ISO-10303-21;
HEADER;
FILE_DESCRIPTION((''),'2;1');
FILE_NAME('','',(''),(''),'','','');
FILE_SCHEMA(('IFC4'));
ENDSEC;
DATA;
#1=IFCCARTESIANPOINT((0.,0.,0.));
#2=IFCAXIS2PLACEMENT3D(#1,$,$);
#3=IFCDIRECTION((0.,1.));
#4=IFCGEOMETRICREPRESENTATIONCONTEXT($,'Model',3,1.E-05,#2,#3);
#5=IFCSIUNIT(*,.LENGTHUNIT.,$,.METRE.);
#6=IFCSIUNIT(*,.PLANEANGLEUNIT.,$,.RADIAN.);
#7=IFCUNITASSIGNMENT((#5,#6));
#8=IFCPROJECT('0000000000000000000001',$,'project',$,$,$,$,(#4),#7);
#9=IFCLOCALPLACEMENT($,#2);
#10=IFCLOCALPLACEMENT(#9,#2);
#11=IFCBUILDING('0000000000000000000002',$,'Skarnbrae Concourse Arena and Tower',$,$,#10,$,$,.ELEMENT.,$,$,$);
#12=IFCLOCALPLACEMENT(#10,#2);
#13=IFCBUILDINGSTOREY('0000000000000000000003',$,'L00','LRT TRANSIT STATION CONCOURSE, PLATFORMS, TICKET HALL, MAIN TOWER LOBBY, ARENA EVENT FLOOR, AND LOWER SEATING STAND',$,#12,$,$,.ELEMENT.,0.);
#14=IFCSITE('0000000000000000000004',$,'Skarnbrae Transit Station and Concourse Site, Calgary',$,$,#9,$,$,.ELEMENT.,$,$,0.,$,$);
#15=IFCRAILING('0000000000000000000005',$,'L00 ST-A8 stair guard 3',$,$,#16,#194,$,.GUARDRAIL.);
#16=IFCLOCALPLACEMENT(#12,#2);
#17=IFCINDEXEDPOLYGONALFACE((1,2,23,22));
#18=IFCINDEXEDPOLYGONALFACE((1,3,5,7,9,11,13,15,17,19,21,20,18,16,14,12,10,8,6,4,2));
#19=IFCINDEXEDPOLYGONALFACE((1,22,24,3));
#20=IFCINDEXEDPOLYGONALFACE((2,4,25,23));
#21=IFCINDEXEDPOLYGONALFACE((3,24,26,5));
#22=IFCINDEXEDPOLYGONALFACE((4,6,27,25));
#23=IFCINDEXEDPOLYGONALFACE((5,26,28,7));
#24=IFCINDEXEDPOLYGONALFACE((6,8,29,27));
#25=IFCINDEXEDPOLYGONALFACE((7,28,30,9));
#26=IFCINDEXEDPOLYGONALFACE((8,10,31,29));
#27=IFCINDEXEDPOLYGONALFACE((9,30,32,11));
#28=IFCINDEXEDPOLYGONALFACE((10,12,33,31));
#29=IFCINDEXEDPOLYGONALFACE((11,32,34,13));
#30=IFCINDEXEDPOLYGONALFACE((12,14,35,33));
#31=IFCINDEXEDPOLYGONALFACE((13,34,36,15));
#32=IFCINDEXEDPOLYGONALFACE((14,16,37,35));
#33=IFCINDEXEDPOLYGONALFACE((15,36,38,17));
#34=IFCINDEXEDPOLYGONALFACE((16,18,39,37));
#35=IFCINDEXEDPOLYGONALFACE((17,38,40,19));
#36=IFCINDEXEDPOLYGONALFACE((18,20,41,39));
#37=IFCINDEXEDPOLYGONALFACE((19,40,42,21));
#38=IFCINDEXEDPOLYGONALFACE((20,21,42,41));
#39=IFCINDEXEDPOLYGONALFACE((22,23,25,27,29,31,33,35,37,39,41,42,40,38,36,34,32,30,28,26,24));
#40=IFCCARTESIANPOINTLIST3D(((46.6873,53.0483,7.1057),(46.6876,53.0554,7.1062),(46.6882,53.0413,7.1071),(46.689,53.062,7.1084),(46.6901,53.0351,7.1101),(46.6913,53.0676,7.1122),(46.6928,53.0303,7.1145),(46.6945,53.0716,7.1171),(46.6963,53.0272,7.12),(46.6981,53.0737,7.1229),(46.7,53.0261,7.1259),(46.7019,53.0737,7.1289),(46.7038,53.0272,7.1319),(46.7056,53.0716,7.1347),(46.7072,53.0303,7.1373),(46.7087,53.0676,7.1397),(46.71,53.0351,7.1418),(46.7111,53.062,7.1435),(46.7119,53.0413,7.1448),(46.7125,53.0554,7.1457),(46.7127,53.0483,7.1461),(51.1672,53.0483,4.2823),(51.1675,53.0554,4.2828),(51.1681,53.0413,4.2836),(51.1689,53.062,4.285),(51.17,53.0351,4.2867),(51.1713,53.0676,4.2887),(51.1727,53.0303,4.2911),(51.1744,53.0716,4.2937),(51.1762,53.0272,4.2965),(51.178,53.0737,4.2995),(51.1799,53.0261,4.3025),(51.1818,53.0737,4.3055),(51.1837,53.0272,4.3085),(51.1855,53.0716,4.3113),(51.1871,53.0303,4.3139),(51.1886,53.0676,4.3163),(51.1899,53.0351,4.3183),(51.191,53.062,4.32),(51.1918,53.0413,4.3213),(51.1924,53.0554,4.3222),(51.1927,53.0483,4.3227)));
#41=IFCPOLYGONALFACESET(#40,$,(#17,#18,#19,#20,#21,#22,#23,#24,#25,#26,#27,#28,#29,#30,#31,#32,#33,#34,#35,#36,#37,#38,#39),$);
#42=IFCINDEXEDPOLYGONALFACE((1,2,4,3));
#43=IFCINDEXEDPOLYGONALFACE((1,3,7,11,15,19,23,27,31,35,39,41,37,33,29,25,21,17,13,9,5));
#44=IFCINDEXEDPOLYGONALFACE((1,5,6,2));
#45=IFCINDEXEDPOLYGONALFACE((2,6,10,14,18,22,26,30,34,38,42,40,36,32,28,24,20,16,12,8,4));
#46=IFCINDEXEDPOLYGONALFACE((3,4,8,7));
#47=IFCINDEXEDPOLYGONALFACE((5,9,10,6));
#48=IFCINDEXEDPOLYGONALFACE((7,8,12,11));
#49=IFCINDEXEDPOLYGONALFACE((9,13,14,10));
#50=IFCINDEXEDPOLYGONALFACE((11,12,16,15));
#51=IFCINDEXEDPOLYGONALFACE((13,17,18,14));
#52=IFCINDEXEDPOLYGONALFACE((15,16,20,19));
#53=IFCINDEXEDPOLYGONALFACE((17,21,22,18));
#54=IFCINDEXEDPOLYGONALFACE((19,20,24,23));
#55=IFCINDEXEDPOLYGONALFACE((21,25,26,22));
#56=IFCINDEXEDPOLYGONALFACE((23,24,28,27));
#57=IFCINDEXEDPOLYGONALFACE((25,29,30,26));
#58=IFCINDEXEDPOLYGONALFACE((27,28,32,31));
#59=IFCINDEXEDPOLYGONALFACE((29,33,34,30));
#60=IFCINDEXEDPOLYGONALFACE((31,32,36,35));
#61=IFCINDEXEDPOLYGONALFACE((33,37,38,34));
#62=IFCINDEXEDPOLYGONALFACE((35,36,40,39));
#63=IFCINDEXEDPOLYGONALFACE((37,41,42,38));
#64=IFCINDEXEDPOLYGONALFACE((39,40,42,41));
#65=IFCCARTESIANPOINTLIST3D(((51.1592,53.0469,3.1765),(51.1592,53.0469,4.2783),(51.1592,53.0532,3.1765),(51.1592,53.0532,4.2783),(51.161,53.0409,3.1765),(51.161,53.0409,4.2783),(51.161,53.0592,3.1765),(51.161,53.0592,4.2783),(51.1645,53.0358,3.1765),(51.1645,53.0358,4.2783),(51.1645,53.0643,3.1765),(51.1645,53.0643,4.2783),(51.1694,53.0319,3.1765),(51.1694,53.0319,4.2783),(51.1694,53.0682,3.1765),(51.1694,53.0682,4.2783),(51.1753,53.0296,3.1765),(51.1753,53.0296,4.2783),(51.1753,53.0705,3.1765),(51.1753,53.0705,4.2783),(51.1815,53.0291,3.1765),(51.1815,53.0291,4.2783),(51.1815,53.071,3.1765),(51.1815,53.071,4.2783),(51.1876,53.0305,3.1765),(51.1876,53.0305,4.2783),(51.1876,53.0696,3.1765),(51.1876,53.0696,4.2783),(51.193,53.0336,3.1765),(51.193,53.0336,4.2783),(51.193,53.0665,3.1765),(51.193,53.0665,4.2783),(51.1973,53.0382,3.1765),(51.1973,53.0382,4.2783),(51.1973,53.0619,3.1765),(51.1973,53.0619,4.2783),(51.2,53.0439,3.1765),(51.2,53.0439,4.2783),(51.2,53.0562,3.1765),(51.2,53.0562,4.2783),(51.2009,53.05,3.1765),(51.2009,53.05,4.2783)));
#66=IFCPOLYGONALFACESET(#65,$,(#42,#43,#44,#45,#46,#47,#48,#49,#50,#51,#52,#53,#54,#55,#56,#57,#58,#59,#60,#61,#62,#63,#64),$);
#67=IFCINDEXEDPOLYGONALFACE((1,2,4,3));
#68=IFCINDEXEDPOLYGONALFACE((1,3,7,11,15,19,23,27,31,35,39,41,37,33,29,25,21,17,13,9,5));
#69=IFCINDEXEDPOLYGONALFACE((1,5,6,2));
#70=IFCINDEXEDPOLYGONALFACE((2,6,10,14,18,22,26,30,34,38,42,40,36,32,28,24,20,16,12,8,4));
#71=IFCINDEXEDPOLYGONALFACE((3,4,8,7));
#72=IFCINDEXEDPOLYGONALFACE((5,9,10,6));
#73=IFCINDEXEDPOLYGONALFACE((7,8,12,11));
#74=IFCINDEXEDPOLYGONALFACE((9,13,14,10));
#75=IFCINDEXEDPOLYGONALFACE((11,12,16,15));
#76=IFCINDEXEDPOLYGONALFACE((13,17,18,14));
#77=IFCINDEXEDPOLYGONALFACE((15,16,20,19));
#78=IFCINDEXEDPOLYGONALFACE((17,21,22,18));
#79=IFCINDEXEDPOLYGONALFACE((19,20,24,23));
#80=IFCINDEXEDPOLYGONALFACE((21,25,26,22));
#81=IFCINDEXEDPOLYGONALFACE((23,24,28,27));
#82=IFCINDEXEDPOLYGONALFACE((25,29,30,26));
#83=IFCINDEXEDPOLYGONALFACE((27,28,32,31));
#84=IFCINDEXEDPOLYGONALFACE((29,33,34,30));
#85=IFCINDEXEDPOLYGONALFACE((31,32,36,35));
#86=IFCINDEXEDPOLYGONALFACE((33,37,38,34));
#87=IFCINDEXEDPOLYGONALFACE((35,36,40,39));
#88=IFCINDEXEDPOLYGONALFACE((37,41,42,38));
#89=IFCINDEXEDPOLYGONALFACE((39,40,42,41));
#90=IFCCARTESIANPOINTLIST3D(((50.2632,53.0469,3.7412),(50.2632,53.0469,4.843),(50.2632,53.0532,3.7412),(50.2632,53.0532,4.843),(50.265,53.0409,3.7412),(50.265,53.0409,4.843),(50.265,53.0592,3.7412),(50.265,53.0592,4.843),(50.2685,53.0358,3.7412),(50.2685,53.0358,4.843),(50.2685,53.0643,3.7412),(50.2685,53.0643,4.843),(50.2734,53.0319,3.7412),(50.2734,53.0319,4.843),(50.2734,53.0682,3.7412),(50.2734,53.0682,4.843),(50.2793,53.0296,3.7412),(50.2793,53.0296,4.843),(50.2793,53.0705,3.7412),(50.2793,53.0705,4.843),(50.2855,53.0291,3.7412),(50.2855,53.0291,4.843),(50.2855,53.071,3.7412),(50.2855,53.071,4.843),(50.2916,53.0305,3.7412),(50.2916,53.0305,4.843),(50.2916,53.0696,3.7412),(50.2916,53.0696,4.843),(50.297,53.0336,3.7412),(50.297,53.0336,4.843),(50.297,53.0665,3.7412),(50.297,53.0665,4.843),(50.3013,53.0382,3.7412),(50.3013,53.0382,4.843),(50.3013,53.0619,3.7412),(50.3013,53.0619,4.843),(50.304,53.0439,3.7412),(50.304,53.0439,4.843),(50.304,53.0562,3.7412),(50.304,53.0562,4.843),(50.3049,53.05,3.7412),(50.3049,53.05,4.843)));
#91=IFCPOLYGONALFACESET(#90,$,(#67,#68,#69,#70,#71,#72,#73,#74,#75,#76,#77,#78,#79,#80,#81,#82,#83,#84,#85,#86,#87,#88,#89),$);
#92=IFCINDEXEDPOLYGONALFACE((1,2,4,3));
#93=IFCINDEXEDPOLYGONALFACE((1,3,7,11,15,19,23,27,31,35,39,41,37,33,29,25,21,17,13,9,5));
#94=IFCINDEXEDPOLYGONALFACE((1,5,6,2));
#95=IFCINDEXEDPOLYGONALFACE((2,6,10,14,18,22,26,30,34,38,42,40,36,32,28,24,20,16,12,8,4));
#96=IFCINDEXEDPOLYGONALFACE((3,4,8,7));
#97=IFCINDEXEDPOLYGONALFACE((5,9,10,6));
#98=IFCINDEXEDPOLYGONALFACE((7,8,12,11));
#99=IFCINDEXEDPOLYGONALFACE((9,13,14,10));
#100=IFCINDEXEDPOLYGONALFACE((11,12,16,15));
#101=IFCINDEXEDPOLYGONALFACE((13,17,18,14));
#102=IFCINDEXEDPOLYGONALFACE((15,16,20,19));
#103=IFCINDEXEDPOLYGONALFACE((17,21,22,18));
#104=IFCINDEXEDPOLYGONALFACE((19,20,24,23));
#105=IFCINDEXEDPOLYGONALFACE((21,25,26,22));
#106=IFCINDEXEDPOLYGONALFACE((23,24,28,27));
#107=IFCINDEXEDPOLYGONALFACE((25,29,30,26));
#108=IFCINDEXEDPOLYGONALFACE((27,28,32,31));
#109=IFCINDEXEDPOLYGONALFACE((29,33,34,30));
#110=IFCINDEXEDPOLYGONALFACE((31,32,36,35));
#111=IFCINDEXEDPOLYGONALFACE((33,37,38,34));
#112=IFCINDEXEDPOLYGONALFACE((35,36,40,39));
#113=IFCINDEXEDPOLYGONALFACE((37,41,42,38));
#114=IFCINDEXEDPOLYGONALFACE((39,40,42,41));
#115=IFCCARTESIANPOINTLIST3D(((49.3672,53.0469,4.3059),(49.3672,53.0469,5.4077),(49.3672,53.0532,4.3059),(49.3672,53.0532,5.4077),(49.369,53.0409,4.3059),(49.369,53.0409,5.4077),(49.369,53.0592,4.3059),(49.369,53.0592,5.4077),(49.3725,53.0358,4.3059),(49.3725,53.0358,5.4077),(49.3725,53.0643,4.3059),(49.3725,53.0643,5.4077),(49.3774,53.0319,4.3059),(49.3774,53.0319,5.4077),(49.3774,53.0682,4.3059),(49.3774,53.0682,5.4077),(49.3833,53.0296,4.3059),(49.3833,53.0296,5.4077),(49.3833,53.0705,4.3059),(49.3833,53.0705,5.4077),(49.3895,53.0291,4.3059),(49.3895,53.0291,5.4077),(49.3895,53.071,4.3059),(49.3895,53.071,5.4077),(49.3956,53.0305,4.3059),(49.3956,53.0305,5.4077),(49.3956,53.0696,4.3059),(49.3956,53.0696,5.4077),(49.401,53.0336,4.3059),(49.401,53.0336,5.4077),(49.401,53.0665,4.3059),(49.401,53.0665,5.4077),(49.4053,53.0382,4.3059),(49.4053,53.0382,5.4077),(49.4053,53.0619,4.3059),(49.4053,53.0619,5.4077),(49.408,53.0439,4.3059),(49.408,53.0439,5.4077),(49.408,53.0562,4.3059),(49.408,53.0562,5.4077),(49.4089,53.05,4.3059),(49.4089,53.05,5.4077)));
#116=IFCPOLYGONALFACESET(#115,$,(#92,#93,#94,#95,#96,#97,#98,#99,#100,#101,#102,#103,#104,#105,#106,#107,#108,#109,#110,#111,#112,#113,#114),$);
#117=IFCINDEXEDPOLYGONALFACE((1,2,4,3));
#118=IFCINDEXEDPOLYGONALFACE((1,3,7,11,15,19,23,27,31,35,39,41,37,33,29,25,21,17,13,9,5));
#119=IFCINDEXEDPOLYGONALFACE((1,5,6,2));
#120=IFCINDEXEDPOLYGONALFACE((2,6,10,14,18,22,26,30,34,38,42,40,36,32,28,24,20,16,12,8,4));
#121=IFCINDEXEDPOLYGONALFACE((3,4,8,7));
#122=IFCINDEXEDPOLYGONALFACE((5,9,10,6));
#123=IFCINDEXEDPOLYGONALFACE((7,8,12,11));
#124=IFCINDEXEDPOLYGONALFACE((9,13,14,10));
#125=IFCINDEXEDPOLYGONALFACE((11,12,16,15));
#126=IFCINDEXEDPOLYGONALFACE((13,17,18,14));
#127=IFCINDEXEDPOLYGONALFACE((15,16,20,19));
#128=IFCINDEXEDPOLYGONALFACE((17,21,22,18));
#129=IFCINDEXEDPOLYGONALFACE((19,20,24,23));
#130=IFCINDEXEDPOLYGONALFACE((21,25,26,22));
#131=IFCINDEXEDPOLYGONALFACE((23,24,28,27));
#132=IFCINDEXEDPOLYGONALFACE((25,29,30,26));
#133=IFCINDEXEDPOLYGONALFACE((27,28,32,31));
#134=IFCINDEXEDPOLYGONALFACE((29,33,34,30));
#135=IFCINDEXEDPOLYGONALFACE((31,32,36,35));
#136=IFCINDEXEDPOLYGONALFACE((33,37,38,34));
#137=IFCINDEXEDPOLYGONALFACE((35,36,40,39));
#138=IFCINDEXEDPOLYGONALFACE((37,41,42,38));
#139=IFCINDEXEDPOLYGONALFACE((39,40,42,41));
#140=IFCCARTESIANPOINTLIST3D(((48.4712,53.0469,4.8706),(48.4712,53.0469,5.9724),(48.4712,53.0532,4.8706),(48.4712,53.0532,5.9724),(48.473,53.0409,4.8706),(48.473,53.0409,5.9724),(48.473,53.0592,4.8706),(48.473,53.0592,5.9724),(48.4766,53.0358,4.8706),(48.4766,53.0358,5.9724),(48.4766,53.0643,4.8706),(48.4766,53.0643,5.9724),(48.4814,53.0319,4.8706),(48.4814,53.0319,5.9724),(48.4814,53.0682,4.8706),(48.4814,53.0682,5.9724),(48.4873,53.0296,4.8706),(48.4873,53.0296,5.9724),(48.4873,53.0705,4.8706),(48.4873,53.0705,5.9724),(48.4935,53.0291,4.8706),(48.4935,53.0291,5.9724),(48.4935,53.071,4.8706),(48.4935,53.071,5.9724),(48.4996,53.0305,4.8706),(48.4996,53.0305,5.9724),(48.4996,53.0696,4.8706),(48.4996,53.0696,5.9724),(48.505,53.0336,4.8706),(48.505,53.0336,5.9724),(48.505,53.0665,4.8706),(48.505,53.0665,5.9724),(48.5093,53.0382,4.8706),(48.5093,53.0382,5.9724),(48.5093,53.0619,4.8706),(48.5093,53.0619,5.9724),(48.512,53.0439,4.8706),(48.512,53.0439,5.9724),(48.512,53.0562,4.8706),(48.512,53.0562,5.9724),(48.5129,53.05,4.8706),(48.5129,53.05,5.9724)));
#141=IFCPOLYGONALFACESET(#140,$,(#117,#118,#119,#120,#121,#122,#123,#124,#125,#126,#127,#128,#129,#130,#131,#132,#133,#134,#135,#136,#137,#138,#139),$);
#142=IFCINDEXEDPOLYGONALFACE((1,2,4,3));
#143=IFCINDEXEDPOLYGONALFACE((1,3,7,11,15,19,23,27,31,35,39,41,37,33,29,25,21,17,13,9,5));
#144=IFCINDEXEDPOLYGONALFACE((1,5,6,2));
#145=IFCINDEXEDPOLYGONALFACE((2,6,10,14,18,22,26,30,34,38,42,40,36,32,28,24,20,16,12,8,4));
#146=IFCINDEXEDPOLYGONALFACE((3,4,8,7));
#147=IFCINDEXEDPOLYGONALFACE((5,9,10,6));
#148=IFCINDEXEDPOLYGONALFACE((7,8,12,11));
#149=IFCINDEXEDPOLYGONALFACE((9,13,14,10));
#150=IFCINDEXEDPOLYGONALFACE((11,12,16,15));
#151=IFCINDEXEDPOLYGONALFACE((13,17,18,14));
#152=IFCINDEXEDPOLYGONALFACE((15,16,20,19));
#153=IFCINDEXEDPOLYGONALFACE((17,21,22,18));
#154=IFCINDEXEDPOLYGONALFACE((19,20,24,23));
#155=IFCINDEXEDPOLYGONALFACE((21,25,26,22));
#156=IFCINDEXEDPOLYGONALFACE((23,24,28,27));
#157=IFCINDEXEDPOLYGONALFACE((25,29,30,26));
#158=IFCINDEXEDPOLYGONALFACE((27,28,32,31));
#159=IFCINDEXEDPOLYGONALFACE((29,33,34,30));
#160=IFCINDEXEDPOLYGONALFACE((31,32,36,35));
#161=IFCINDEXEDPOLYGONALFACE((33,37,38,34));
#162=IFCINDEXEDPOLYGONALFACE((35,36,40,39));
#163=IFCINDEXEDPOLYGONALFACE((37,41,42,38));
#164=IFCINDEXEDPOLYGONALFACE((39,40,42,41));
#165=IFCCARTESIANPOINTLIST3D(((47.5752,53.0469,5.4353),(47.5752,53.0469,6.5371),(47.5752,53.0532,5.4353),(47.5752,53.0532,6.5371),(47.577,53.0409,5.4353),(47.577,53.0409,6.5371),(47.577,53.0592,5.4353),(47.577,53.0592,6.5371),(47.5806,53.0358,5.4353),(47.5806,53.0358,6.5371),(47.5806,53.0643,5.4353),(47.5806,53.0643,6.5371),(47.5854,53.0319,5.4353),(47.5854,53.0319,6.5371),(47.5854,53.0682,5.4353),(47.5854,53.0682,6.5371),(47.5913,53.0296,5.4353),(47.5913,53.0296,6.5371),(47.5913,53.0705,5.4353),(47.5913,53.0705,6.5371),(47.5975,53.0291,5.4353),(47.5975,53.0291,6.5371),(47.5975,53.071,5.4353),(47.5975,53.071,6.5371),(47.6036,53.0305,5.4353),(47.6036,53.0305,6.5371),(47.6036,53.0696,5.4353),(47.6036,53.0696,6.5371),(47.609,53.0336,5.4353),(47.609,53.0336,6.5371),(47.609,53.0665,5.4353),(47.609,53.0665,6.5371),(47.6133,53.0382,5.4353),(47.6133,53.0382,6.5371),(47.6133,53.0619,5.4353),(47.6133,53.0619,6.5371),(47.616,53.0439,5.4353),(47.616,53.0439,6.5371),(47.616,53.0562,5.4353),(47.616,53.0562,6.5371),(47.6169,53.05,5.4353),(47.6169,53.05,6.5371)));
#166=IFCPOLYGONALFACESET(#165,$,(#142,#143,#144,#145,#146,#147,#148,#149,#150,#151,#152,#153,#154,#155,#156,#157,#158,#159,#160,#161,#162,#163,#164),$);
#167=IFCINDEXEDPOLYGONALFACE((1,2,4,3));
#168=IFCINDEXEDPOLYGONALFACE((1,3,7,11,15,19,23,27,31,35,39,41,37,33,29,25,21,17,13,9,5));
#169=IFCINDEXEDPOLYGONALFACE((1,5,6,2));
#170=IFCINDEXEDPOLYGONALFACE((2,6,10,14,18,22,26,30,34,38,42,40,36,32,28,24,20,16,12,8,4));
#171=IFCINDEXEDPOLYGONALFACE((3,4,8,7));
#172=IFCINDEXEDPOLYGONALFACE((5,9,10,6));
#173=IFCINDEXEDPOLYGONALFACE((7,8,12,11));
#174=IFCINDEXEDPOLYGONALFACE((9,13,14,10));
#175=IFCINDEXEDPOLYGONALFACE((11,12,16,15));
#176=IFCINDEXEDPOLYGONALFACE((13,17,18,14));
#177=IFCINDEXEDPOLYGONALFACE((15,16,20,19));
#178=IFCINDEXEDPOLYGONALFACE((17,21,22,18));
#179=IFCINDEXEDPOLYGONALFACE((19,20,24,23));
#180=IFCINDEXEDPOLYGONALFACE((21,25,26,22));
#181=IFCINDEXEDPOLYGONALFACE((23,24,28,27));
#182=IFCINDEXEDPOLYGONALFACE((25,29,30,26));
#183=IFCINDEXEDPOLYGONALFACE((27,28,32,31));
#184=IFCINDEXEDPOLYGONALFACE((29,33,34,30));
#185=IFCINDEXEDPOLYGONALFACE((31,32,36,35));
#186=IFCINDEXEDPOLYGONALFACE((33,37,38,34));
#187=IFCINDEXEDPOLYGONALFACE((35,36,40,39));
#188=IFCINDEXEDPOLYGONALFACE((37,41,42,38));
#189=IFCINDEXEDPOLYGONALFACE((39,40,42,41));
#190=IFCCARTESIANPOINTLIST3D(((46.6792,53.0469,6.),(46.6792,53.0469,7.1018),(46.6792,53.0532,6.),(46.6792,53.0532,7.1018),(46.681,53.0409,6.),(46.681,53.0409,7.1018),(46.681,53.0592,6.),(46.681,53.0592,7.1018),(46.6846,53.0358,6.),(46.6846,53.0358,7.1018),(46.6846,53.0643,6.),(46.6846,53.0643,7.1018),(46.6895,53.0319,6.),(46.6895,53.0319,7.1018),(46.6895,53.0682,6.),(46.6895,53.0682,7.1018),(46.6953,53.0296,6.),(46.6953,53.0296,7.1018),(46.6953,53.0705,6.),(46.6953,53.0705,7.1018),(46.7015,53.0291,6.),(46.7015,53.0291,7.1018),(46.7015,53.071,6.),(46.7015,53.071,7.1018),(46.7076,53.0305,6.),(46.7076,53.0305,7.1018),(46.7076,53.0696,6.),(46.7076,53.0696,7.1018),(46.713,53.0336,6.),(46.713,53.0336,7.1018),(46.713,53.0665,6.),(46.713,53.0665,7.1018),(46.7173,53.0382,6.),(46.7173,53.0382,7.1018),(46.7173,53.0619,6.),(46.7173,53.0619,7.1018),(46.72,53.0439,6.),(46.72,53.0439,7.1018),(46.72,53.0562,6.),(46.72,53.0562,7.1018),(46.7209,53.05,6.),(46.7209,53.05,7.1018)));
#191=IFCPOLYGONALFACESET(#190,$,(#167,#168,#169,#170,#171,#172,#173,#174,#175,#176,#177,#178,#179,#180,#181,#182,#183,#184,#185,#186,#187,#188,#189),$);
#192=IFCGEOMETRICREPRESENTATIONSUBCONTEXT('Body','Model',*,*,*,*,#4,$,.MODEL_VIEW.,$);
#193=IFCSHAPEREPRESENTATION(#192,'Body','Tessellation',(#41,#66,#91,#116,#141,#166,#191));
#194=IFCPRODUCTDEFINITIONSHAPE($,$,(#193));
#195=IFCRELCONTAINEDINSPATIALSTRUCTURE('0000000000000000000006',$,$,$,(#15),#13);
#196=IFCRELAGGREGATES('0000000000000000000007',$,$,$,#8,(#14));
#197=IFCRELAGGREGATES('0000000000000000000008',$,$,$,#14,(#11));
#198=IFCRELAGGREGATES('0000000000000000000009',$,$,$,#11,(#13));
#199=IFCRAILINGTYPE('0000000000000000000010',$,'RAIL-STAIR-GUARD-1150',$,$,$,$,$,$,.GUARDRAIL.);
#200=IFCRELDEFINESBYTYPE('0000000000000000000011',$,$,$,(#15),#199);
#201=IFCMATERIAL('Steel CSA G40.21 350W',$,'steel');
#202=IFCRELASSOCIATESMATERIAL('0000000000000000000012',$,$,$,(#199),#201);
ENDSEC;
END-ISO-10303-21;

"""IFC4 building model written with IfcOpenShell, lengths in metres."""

from ifc_helpers import new_model, si_unit, direction, frame, origin, origin_2d, place, context, subcontext, project, spatial, circle, extrude, material, type_object, element, save


model = new_model("IFC4")

# Units and contexts
model_context = context("Model", 3, precision=1e-05, world=origin(), true_north=direction((0.0, 1.0)))
body_context = subcontext(model_context, "Body", "Model", "MODEL_VIEW")
ifc_project = project(units=[si_unit("LENGTHUNIT", "METRE"), si_unit("PLANEANGLEUNIT", "RADIAN")], contexts=[model_context])

# Site, building, storey
site_placement = place(None, origin())
site = spatial("IfcSite", under=ifc_project, at=site_placement, Name="Skarnbrae Transit Station and Concourse Site, Calgary", CompositionType="ELEMENT", RefElevation=0.0)
building_placement = place(site_placement, origin())
building = spatial("IfcBuilding", under=site, at=building_placement, Name="Skarnbrae Concourse Arena and Tower", CompositionType="ELEMENT")
storey_placement = place(building_placement, origin())
storey = spatial("IfcBuildingStorey", under=building, at=storey_placement, Name="L00", Description="LRT TRANSIT STATION CONCOURSE, PLATFORMS, TICKET HALL, MAIN TOWER LOBBY, ARENA EVENT FLOOR, AND LOWER SEATING STAND", CompositionType="ELEMENT", Elevation=0.0)

# Shared definitions
ifc_material_1 = material(Name="Steel CSA G40.21 350W", Category="steel")

# Railing
railing_type_1 = type_object("IfcRailingType", Name="RAIL-STAIR-GUARD-1150", PredefinedType="GUARDRAIL", material=ifc_material_1)
railing_1_placement = place(storey_placement, frame((51.1799, 53.05, 3.1765)))
element("IfcRailing", 1, at=railing_1_placement, inside=storey, type_object=railing_type_1, Name="L00 ST-A8 stair guard 3", PredefinedType="GUARDRAIL", context=body_context, shape_type="SweptSolid", body=[
    extrude(circle(Radius=0.0239, at=origin_2d()), frame((0.0, 0.0, 1.126), z_axis=(-0.845998, 0.0, 0.533186), x_axis=(0.0, -1.0, 0.0)), (0.0, 0.0, 1.0), 5.2954),
    extrude(circle(Radius=0.021, at=origin_2d()), origin(), (0.0, 0.0, 1.0), 1.1018),
    extrude(circle(Radius=0.021, at=origin_2d()), frame((-0.896, 0.0, 0.5647)), (0.0, 0.0, 1.0), 1.1018),
    extrude(circle(Radius=0.021, at=origin_2d()), frame((-1.792, 0.0, 1.1294)), (0.0, 0.0, 1.0), 1.1018),
    extrude(circle(Radius=0.021, at=origin_2d()), frame((-2.688, 0.0, 1.6941)), (0.0, 0.0, 1.0), 1.1018),
    extrude(circle(Radius=0.021, at=origin_2d()), frame((-3.584, 0.0, 2.2588)), (0.0, 0.0, 1.0), 1.1018),
    extrude(circle(Radius=0.021, at=origin_2d()), frame((-4.48, 0.0, 2.8235)), (0.0, 0.0, 1.0), 1.1018),
])

save(model, "model.ifc")
